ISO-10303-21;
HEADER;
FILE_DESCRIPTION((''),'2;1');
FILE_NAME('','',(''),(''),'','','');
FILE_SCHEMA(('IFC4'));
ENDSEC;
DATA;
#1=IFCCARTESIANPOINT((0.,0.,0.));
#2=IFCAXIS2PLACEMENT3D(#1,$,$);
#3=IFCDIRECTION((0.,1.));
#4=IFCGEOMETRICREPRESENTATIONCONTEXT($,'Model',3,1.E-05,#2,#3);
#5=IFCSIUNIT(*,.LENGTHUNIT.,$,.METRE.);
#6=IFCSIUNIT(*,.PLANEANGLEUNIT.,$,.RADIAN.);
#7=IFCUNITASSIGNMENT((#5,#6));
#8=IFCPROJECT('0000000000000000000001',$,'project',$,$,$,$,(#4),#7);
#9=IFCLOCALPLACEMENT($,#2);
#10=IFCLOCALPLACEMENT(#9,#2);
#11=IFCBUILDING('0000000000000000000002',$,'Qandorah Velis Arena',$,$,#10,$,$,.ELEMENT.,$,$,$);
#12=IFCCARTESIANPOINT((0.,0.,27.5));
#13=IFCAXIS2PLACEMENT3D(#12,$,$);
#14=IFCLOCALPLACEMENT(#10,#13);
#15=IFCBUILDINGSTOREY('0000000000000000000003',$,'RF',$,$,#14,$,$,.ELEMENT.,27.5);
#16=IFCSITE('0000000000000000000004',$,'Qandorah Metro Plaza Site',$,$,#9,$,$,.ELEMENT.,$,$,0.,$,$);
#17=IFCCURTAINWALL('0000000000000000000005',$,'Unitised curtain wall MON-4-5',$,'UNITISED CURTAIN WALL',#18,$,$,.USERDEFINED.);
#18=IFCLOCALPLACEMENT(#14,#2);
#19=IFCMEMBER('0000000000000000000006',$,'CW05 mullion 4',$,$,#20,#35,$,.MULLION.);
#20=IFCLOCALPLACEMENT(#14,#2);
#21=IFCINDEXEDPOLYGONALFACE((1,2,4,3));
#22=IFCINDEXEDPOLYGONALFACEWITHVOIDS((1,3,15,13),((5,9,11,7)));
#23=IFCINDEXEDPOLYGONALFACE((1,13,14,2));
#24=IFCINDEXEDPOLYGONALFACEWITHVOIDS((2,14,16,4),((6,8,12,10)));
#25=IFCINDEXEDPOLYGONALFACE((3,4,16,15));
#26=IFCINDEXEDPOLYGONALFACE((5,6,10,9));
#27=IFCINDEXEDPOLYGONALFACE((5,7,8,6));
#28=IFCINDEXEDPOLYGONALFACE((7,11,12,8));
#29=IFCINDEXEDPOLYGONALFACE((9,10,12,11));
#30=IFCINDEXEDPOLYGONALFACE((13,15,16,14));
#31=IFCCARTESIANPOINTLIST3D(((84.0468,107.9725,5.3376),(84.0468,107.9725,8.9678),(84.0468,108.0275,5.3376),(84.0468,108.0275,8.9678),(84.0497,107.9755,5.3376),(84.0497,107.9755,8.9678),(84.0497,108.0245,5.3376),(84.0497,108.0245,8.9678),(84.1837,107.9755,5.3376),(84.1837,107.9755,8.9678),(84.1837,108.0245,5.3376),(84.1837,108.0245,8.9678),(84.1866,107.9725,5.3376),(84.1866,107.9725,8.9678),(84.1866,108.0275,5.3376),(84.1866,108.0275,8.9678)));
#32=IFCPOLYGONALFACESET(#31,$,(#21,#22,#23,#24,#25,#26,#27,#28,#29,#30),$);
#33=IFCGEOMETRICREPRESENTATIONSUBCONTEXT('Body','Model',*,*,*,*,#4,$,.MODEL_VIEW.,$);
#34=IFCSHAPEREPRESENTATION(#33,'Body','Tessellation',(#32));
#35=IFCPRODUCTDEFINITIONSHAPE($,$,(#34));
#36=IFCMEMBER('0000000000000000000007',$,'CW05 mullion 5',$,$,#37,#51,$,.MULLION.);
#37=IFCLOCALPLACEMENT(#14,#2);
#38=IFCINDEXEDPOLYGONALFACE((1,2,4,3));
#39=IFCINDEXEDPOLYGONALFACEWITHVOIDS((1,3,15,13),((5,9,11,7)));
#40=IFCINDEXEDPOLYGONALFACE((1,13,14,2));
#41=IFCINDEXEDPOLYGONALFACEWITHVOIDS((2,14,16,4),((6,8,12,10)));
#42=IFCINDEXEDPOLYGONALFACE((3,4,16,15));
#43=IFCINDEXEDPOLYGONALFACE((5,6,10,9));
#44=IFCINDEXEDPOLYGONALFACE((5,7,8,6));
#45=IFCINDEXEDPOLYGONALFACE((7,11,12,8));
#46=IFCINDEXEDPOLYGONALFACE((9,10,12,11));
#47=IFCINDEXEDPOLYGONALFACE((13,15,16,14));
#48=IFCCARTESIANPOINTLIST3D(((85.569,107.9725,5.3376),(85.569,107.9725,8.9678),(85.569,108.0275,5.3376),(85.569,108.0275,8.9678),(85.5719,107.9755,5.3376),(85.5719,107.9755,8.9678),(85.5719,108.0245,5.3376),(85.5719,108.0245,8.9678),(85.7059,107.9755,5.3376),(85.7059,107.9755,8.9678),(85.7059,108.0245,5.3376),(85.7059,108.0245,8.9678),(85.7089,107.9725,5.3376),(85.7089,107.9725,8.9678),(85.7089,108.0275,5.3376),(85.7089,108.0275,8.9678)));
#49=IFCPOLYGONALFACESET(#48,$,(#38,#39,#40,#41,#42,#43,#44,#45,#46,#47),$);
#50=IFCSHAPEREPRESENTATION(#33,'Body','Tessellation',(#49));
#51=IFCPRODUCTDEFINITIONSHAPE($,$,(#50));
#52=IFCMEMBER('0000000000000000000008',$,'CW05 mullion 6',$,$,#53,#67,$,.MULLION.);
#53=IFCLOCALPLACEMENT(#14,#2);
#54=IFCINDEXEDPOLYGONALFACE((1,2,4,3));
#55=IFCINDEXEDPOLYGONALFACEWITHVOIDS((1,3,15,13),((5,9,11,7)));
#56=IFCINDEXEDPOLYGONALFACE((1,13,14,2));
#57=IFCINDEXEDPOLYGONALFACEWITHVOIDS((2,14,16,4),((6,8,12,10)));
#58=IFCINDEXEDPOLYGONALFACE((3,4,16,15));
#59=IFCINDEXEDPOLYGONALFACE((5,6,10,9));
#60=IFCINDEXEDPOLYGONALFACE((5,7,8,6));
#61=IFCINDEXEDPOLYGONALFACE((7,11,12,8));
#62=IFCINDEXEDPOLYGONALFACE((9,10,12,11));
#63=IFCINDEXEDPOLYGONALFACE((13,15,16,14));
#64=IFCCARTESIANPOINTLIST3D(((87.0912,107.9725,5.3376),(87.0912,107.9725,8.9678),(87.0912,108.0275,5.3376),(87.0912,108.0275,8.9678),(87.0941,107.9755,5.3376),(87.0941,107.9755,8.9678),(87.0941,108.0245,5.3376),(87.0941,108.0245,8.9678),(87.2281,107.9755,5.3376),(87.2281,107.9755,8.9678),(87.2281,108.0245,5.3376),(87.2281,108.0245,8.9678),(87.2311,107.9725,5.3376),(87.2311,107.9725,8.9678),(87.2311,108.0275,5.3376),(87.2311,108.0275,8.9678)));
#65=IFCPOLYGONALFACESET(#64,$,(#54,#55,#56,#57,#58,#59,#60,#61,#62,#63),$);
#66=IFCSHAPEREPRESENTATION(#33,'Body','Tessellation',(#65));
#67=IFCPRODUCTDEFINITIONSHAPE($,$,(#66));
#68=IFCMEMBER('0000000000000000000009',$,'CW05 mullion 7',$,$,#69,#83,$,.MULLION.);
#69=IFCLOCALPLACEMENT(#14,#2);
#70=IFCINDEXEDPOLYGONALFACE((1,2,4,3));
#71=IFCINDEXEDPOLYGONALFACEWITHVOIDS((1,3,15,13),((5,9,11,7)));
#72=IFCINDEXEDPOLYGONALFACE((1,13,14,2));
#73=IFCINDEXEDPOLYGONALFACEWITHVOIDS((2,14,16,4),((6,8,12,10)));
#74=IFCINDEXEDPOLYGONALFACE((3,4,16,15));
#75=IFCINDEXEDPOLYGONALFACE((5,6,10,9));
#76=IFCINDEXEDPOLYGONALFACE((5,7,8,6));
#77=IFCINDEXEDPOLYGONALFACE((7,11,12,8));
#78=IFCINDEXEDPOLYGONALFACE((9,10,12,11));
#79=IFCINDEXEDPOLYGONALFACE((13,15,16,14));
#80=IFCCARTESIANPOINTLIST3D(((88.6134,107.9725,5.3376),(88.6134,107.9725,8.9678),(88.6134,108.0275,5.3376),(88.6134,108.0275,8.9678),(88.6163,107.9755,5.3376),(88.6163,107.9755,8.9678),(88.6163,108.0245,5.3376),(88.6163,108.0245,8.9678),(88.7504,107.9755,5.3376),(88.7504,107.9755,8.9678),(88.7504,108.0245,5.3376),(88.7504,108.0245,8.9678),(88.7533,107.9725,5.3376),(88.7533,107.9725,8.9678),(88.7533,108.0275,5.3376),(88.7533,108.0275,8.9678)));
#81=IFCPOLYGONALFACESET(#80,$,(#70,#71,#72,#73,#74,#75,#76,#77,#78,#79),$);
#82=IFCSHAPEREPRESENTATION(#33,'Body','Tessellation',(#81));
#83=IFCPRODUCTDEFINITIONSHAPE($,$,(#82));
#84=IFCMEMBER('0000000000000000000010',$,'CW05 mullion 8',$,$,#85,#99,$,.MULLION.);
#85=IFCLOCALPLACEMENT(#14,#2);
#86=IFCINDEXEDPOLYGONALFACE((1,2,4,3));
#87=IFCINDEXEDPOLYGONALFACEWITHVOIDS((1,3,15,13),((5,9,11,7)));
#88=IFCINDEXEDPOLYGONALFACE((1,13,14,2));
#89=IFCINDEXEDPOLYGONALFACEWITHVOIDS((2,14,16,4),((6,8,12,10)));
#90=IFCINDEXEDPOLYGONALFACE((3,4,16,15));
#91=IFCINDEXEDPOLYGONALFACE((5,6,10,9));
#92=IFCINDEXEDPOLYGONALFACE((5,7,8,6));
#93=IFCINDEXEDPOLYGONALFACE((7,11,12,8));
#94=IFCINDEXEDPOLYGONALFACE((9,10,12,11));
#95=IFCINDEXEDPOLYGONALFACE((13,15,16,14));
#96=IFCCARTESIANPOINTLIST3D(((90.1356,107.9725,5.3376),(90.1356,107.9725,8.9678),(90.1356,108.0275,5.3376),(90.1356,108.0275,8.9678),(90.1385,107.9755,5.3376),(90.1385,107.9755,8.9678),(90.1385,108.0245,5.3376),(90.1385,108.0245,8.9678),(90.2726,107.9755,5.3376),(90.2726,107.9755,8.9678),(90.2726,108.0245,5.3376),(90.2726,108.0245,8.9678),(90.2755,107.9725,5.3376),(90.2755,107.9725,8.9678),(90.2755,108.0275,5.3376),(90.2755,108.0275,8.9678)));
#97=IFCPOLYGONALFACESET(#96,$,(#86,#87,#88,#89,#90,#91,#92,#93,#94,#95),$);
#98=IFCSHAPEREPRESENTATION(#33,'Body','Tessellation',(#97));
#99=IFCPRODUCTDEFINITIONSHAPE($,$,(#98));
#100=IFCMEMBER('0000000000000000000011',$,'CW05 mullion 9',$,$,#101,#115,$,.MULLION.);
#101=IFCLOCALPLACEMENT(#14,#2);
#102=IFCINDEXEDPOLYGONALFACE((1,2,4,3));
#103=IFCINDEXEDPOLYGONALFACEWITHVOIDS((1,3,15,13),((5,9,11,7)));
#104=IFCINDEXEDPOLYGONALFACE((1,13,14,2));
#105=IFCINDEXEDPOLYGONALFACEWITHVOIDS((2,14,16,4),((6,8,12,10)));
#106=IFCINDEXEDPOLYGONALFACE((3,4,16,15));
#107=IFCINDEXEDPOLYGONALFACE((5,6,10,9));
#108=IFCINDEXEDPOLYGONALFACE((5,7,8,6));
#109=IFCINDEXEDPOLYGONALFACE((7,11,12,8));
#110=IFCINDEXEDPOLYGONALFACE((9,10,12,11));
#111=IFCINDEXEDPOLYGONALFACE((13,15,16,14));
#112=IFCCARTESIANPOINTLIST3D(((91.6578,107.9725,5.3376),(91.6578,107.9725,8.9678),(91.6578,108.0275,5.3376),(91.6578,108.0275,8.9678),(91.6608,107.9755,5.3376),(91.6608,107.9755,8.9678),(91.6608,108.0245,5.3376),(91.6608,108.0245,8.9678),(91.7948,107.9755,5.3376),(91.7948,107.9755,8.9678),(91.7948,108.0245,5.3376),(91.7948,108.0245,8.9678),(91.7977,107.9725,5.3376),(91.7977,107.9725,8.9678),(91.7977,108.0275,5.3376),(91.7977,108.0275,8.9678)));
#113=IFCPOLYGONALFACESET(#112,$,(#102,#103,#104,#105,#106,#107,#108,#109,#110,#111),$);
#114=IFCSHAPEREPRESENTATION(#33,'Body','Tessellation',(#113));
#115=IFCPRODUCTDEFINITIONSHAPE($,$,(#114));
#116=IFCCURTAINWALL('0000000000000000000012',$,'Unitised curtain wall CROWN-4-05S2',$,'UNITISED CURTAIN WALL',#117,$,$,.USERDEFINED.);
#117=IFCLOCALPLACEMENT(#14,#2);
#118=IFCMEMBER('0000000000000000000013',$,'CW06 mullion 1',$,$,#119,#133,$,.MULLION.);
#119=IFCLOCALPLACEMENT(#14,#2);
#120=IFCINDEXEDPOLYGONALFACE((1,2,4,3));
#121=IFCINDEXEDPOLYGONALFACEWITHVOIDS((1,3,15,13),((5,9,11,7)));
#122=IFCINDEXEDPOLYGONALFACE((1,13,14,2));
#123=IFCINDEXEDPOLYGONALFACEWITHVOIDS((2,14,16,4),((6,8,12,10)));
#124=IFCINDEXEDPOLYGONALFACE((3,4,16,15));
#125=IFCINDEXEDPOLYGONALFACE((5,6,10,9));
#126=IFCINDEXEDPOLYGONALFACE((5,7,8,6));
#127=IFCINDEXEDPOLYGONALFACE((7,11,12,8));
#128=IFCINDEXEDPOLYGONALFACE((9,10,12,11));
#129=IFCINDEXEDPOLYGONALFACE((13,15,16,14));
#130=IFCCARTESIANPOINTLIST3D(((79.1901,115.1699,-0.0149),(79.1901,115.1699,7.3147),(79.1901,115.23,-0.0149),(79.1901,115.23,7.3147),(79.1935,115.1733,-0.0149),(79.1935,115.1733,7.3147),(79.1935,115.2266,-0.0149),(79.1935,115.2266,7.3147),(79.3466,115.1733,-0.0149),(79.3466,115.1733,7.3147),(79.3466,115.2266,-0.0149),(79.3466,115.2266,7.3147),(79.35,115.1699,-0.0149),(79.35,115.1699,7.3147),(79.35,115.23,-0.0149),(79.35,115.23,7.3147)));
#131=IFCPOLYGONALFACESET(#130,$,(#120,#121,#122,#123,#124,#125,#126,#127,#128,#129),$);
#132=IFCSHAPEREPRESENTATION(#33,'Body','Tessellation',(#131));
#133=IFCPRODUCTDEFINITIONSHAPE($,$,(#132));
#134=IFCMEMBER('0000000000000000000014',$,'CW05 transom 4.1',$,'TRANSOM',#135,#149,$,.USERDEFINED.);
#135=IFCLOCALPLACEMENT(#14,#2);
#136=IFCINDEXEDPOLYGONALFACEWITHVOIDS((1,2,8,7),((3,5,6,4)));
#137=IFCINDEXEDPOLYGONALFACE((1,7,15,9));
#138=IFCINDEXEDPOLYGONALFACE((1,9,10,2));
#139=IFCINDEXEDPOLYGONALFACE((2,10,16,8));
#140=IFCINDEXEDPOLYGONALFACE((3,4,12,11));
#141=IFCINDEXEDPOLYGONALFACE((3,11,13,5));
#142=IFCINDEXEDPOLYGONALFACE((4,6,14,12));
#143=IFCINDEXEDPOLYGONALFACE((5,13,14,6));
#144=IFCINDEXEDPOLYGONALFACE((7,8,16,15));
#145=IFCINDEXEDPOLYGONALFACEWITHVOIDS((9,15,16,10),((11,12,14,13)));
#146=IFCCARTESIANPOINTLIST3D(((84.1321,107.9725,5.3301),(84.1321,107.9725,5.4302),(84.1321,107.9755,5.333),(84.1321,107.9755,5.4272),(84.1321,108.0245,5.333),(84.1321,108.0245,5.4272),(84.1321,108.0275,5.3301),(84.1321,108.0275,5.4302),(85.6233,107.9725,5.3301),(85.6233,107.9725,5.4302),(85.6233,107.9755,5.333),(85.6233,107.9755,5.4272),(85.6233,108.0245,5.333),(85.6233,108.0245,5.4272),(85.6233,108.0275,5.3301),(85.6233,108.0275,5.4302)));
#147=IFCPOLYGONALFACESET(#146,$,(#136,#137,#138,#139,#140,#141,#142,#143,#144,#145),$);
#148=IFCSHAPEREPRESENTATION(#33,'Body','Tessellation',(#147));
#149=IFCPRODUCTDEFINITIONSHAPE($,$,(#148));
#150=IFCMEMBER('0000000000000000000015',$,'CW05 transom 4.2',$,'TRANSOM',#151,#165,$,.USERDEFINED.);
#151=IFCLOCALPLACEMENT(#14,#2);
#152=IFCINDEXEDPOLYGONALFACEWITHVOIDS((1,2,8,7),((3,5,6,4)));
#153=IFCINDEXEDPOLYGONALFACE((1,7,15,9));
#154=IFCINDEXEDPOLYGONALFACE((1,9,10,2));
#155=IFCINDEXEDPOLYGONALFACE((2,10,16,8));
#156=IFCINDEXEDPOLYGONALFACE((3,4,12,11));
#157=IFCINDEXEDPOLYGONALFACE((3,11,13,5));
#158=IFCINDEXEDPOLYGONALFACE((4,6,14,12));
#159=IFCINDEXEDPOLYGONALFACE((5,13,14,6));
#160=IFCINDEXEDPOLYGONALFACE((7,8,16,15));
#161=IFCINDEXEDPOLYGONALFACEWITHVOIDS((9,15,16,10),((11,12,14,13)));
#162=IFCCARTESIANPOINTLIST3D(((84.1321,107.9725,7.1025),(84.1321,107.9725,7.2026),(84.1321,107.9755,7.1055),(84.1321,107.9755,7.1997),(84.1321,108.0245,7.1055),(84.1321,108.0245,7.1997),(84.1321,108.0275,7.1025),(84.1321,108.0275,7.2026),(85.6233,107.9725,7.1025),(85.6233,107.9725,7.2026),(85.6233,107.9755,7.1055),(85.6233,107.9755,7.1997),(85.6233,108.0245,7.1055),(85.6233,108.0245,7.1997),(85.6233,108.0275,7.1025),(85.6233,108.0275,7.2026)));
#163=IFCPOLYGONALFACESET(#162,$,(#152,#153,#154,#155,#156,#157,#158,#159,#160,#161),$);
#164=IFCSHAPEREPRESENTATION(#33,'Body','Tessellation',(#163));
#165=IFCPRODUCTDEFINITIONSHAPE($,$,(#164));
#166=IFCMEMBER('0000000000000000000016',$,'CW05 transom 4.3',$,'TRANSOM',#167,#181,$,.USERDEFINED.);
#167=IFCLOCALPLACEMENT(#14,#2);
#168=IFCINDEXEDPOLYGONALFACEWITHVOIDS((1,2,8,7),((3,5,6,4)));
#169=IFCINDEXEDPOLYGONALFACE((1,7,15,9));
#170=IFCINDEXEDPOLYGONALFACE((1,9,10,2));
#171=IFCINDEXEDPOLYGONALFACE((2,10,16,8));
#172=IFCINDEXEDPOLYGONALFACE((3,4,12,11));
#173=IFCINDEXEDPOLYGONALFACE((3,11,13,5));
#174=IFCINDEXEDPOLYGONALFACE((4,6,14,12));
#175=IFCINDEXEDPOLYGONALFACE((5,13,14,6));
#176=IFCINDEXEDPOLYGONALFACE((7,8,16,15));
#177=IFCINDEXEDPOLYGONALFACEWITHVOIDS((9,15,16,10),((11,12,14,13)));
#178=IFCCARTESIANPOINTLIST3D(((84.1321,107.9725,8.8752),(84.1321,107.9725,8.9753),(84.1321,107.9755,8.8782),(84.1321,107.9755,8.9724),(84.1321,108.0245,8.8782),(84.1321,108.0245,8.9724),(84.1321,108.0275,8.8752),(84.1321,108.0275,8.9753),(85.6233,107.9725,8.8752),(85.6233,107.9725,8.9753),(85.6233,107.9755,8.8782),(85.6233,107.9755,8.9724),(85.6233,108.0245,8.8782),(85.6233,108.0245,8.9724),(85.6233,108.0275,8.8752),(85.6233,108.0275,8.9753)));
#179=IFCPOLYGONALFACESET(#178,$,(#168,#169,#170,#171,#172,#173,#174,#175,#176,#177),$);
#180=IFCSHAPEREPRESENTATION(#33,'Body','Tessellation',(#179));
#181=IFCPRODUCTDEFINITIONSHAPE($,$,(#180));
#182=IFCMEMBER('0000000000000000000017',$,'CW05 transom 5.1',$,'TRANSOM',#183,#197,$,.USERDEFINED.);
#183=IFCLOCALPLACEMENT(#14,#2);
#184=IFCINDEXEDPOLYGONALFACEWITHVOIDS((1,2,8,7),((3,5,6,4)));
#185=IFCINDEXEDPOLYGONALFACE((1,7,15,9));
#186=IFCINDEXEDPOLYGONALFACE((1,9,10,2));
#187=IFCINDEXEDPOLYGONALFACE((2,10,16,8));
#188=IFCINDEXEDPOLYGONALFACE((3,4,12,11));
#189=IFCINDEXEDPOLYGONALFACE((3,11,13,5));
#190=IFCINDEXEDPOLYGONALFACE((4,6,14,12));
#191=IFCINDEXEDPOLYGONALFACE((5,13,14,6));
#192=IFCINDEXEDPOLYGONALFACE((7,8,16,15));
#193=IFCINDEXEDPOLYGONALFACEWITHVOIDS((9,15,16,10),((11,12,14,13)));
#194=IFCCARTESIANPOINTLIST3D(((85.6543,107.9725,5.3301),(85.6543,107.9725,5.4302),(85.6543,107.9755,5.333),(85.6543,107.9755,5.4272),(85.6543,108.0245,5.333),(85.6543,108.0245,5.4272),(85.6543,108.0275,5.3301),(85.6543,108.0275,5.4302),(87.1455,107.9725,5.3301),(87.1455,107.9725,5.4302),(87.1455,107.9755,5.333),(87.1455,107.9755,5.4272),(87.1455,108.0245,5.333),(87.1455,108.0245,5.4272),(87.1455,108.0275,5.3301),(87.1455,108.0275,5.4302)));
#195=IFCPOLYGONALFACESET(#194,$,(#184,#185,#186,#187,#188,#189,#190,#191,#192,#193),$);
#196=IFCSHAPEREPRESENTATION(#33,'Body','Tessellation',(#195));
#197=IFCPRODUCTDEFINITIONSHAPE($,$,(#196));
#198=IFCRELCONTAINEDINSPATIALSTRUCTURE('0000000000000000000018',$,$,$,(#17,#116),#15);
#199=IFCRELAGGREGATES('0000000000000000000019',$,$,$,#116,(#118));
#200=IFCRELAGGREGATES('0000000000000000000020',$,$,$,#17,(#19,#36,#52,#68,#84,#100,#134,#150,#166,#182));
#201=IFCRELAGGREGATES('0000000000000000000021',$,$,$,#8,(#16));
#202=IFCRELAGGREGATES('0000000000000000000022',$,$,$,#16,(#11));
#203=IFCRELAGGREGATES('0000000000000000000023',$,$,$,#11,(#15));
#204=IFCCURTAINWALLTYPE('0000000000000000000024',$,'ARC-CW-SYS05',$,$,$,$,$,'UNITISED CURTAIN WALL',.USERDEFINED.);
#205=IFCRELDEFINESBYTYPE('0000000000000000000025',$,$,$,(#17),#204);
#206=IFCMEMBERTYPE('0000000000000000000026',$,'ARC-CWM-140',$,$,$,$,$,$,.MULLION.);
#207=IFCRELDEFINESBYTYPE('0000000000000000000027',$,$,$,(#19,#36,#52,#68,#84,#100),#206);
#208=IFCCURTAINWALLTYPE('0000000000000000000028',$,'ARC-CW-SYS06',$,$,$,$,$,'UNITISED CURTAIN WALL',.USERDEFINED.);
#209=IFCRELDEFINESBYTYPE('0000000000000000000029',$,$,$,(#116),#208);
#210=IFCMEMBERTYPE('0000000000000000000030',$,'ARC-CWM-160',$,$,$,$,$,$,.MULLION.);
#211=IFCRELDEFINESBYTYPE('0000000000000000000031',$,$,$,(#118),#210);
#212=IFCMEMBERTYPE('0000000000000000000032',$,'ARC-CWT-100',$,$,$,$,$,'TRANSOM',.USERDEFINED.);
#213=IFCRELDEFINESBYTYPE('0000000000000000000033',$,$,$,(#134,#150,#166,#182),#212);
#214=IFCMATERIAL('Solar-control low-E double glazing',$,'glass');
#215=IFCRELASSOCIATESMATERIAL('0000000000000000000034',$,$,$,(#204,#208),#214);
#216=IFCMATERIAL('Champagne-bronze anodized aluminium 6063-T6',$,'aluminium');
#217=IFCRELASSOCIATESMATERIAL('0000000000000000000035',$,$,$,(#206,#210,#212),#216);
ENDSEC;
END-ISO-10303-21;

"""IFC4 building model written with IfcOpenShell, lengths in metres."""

from ifc_helpers import new_model, si_unit, direction, frame, origin, origin_2d, place, context, subcontext, project, spatial, hollow_rectangle, extrude, material, material_profile, profile_set, type_object, element, aggregate, save


model = new_model("IFC4")

# Units and contexts
model_context = context("Model", 3, precision=1e-05, world=origin(), true_north=direction((0.0, 1.0)))
body_context = subcontext(model_context, "Body", "Model", "MODEL_VIEW")
ifc_project = project(units=[si_unit("LENGTHUNIT", "METRE"), si_unit("PLANEANGLEUNIT", "RADIAN")], contexts=[model_context])

# Site, building, storey
site_placement = place(None, origin())
site = spatial("IfcSite", under=ifc_project, at=site_placement, Name="Qandorah Metro Plaza Site", CompositionType="ELEMENT", RefElevation=0.0)
building_placement = place(site_placement, origin())
building = spatial("IfcBuilding", under=site, at=building_placement, Name="Qandorah Velis Arena", CompositionType="ELEMENT")
storey_placement = place(building_placement, frame((0.0, 0.0, 27.5)))
storey = spatial("IfcBuildingStorey", under=building, at=storey_placement, Name="RF", CompositionType="ELEMENT", Elevation=27.5)

# Curtain wall, members
ifc_material_1 = material(Name="Solar-control low-E double glazing", Category="glass")
curtain_wall_type_1 = type_object("IfcCurtainWallType", Name="ARC-CW-SYS05", ElementType="UNITISED CURTAIN WALL", PredefinedType="USERDEFINED", material=ifc_material_1)
curtain_wall_1_placement = place(storey_placement, origin())
curtain_wall_1 = element("IfcCurtainWall", 1, at=curtain_wall_1_placement, inside=storey, type_object=curtain_wall_type_1, Name="Unitised curtain wall MON-4-5", ObjectType="UNITISED CURTAIN WALL", PredefinedType="USERDEFINED")
ifc_material_2 = material(Name="Champagne-bronze anodized aluminium 6063-T6", Category="aluminium")
ifc_material_profile_1 = material_profile(ifc_material_2, hollow_rectangle(XDim=0.0549, YDim=0.1399, WallThickness=0.0029, at=origin_2d()), Name="ALU MULLION 55x140")
ifc_profile_set_1 = profile_set([ifc_material_profile_1], Name="Champagne-bronze anodized aluminium 6063-T6")
member_type_1 = type_object("IfcMemberType", Name="ARC-CWM-140", PredefinedType="MULLION", material=ifc_profile_set_1)
member_1_placement = place(storey_placement, frame((84.1167, 108.0, 5.3376), z_axis=(0.0, 0.0, 1.0), x_axis=(0.0, 1.0, 0.0)))
member_1 = element("IfcMember", 2, at=member_1_placement, type_object=member_type_1, Name="CW05 mullion 4", PredefinedType="MULLION", context=body_context, shape_type="SweptSolid", body=[
    extrude(hollow_rectangle(XDim=0.0549, YDim=0.1399, WallThickness=0.0029, at=origin_2d()), origin(), (0.0, 0.0, 1.0), 3.6301),
])
member_2_placement = place(storey_placement, frame((85.6389, 108.0, 5.3376), z_axis=(0.0, 0.0, 1.0), x_axis=(0.0, 1.0, 0.0)))
member_2 = element("IfcMember", 3, at=member_2_placement, type_object=member_type_1, Name="CW05 mullion 5", PredefinedType="MULLION", context=body_context, shape_type="SweptSolid", body=[
    extrude(hollow_rectangle(XDim=0.0549, YDim=0.1399, WallThickness=0.0029, at=origin_2d()), origin(), (0.0, 0.0, 1.0), 3.6301),
])
member_3_placement = place(storey_placement, frame((87.1611, 108.0, 5.3376), z_axis=(0.0, 0.0, 1.0), x_axis=(0.0, 1.0, 0.0)))
member_3 = element("IfcMember", 4, at=member_3_placement, type_object=member_type_1, Name="CW05 mullion 6", PredefinedType="MULLION", context=body_context, shape_type="SweptSolid", body=[
    extrude(hollow_rectangle(XDim=0.0549, YDim=0.1399, WallThickness=0.0029, at=origin_2d()), origin(), (0.0, 0.0, 1.0), 3.6301),
])
member_4_placement = place(storey_placement, frame((88.6833, 108.0, 5.3376), z_axis=(0.0, 0.0, 1.0), x_axis=(0.0, 1.0, 0.0)))
member_4 = element("IfcMember", 5, at=member_4_placement, type_object=member_type_1, Name="CW05 mullion 7", PredefinedType="MULLION", context=body_context, shape_type="SweptSolid", body=[
    extrude(hollow_rectangle(XDim=0.0549, YDim=0.1399, WallThickness=0.0029, at=origin_2d()), origin(), (0.0, 0.0, 1.0), 3.6301),
])
member_5_placement = place(storey_placement, frame((90.2056, 108.0, 5.3376), z_axis=(0.0, 0.0, 1.0), x_axis=(0.0, 1.0, 0.0)))
member_5 = element("IfcMember", 6, at=member_5_placement, type_object=member_type_1, Name="CW05 mullion 8", PredefinedType="MULLION", context=body_context, shape_type="SweptSolid", body=[
    extrude(hollow_rectangle(XDim=0.0549, YDim=0.1399, WallThickness=0.0029, at=origin_2d()), origin(), (0.0, 0.0, 1.0), 3.6301),
])
member_6_placement = place(storey_placement, frame((91.7278, 108.0, 5.3376), z_axis=(0.0, 0.0, 1.0), x_axis=(0.0, 1.0, 0.0)))
member_6 = element("IfcMember", 7, at=member_6_placement, type_object=member_type_1, Name="CW05 mullion 9", PredefinedType="MULLION", context=body_context, shape_type="SweptSolid", body=[
    extrude(hollow_rectangle(XDim=0.0549, YDim=0.1399, WallThickness=0.0029, at=origin_2d()), origin(), (0.0, 0.0, 1.0), 3.6301),
])

# Curtain wall, member
curtain_wall_type_2 = type_object("IfcCurtainWallType", Name="ARC-CW-SYS06", ElementType="UNITISED CURTAIN WALL", PredefinedType="USERDEFINED", material=ifc_material_1)
curtain_wall_2_placement = place(storey_placement, origin())
curtain_wall_2 = element("IfcCurtainWall", 8, at=curtain_wall_2_placement, inside=storey, type_object=curtain_wall_type_2, Name="Unitised curtain wall CROWN-4-05S2", ObjectType="UNITISED CURTAIN WALL", PredefinedType="USERDEFINED")
ifc_material_profile_2 = material_profile(ifc_material_2, hollow_rectangle(XDim=0.0601, YDim=0.1599, WallThickness=0.0034, at=origin_2d()), Name="ALU MULLION 60x160")
ifc_profile_set_2 = profile_set([ifc_material_profile_2], Name="Champagne-bronze anodized aluminium 6063-T6")
member_type_2 = type_object("IfcMemberType", Name="ARC-CWM-160", PredefinedType="MULLION", material=ifc_profile_set_2)
member_7_placement = place(storey_placement, frame((79.27, 115.2, -0.0149), z_axis=(0.0, 0.0, 1.0), x_axis=(0.0, 1.0, 0.0)))
member_7 = element("IfcMember", 9, at=member_7_placement, type_object=member_type_2, Name="CW06 mullion 1", PredefinedType="MULLION", context=body_context, shape_type="SweptSolid", body=[
    extrude(hollow_rectangle(XDim=0.0601, YDim=0.1599, WallThickness=0.0034, at=origin_2d()), origin(), (0.0, 0.0, 1.0), 7.3296),
])

# Members
ifc_material_profile_3 = material_profile(ifc_material_2, hollow_rectangle(XDim=0.0549, YDim=0.1001, WallThickness=0.0029, at=origin_2d()), Name="ALU TRANSOM 55x100")
ifc_profile_set_3 = profile_set([ifc_material_profile_3], Name="Champagne-bronze anodized aluminium 6063-T6")
member_type_3 = type_object("IfcMemberType", Name="ARC-CWT-100", ElementType="TRANSOM", PredefinedType="USERDEFINED", material=ifc_profile_set_3)
member_8_placement = place(storey_placement, frame((84.1321, 108.0, 5.3801), z_axis=(1.0, 0.0, 0.0), x_axis=(0.0, 1.0, 0.0)))
member_8 = element("IfcMember", 10, at=member_8_placement, type_object=member_type_3, Name="CW05 transom 4.1", ObjectType="TRANSOM", PredefinedType="USERDEFINED", context=body_context, shape_type="SweptSolid", body=[
    extrude(hollow_rectangle(XDim=0.0549, YDim=0.1001, WallThickness=0.0029, at=origin_2d()), origin(), (0.0, 0.0, 1.0), 1.4912),
])
member_9_placement = place(storey_placement, frame((84.1321, 108.0, 7.1526), z_axis=(1.0, 0.0, 0.0), x_axis=(0.0, 1.0, 0.0)))
member_9 = element("IfcMember", 11, at=member_9_placement, type_object=member_type_3, Name="CW05 transom 4.2", ObjectType="TRANSOM", PredefinedType="USERDEFINED", context=body_context, shape_type="SweptSolid", body=[
    extrude(hollow_rectangle(XDim=0.0549, YDim=0.1001, WallThickness=0.0029, at=origin_2d()), origin(), (0.0, 0.0, 1.0), 1.4912),
])
member_10_placement = place(storey_placement, frame((84.1321, 108.0, 8.9253), z_axis=(1.0, 0.0, 0.0), x_axis=(0.0, 1.0, 0.0)))
member_10 = element("IfcMember", 12, at=member_10_placement, type_object=member_type_3, Name="CW05 transom 4.3", ObjectType="TRANSOM", PredefinedType="USERDEFINED", context=body_context, shape_type="SweptSolid", body=[
    extrude(hollow_rectangle(XDim=0.0549, YDim=0.1001, WallThickness=0.0029, at=origin_2d()), origin(), (0.0, 0.0, 1.0), 1.4912),
])
member_11_placement = place(storey_placement, frame((85.6543, 108.0, 5.3801), z_axis=(1.0, 0.0, 0.0), x_axis=(0.0, 1.0, 0.0)))
member_11 = element("IfcMember", 13, at=member_11_placement, type_object=member_type_3, Name="CW05 transom 5.1", ObjectType="TRANSOM", PredefinedType="USERDEFINED", context=body_context, shape_type="SweptSolid", body=[
    extrude(hollow_rectangle(XDim=0.0549, YDim=0.1001, WallThickness=0.0029, at=origin_2d()), origin(), (0.0, 0.0, 1.0), 1.4912),
])
aggregate(curtain_wall_2, [member_7])

aggregate(curtain_wall_1, [member_1, member_2, member_3, member_4, member_5, member_6, member_8, member_9, member_10, member_11])

save(model, "model.ifc")
